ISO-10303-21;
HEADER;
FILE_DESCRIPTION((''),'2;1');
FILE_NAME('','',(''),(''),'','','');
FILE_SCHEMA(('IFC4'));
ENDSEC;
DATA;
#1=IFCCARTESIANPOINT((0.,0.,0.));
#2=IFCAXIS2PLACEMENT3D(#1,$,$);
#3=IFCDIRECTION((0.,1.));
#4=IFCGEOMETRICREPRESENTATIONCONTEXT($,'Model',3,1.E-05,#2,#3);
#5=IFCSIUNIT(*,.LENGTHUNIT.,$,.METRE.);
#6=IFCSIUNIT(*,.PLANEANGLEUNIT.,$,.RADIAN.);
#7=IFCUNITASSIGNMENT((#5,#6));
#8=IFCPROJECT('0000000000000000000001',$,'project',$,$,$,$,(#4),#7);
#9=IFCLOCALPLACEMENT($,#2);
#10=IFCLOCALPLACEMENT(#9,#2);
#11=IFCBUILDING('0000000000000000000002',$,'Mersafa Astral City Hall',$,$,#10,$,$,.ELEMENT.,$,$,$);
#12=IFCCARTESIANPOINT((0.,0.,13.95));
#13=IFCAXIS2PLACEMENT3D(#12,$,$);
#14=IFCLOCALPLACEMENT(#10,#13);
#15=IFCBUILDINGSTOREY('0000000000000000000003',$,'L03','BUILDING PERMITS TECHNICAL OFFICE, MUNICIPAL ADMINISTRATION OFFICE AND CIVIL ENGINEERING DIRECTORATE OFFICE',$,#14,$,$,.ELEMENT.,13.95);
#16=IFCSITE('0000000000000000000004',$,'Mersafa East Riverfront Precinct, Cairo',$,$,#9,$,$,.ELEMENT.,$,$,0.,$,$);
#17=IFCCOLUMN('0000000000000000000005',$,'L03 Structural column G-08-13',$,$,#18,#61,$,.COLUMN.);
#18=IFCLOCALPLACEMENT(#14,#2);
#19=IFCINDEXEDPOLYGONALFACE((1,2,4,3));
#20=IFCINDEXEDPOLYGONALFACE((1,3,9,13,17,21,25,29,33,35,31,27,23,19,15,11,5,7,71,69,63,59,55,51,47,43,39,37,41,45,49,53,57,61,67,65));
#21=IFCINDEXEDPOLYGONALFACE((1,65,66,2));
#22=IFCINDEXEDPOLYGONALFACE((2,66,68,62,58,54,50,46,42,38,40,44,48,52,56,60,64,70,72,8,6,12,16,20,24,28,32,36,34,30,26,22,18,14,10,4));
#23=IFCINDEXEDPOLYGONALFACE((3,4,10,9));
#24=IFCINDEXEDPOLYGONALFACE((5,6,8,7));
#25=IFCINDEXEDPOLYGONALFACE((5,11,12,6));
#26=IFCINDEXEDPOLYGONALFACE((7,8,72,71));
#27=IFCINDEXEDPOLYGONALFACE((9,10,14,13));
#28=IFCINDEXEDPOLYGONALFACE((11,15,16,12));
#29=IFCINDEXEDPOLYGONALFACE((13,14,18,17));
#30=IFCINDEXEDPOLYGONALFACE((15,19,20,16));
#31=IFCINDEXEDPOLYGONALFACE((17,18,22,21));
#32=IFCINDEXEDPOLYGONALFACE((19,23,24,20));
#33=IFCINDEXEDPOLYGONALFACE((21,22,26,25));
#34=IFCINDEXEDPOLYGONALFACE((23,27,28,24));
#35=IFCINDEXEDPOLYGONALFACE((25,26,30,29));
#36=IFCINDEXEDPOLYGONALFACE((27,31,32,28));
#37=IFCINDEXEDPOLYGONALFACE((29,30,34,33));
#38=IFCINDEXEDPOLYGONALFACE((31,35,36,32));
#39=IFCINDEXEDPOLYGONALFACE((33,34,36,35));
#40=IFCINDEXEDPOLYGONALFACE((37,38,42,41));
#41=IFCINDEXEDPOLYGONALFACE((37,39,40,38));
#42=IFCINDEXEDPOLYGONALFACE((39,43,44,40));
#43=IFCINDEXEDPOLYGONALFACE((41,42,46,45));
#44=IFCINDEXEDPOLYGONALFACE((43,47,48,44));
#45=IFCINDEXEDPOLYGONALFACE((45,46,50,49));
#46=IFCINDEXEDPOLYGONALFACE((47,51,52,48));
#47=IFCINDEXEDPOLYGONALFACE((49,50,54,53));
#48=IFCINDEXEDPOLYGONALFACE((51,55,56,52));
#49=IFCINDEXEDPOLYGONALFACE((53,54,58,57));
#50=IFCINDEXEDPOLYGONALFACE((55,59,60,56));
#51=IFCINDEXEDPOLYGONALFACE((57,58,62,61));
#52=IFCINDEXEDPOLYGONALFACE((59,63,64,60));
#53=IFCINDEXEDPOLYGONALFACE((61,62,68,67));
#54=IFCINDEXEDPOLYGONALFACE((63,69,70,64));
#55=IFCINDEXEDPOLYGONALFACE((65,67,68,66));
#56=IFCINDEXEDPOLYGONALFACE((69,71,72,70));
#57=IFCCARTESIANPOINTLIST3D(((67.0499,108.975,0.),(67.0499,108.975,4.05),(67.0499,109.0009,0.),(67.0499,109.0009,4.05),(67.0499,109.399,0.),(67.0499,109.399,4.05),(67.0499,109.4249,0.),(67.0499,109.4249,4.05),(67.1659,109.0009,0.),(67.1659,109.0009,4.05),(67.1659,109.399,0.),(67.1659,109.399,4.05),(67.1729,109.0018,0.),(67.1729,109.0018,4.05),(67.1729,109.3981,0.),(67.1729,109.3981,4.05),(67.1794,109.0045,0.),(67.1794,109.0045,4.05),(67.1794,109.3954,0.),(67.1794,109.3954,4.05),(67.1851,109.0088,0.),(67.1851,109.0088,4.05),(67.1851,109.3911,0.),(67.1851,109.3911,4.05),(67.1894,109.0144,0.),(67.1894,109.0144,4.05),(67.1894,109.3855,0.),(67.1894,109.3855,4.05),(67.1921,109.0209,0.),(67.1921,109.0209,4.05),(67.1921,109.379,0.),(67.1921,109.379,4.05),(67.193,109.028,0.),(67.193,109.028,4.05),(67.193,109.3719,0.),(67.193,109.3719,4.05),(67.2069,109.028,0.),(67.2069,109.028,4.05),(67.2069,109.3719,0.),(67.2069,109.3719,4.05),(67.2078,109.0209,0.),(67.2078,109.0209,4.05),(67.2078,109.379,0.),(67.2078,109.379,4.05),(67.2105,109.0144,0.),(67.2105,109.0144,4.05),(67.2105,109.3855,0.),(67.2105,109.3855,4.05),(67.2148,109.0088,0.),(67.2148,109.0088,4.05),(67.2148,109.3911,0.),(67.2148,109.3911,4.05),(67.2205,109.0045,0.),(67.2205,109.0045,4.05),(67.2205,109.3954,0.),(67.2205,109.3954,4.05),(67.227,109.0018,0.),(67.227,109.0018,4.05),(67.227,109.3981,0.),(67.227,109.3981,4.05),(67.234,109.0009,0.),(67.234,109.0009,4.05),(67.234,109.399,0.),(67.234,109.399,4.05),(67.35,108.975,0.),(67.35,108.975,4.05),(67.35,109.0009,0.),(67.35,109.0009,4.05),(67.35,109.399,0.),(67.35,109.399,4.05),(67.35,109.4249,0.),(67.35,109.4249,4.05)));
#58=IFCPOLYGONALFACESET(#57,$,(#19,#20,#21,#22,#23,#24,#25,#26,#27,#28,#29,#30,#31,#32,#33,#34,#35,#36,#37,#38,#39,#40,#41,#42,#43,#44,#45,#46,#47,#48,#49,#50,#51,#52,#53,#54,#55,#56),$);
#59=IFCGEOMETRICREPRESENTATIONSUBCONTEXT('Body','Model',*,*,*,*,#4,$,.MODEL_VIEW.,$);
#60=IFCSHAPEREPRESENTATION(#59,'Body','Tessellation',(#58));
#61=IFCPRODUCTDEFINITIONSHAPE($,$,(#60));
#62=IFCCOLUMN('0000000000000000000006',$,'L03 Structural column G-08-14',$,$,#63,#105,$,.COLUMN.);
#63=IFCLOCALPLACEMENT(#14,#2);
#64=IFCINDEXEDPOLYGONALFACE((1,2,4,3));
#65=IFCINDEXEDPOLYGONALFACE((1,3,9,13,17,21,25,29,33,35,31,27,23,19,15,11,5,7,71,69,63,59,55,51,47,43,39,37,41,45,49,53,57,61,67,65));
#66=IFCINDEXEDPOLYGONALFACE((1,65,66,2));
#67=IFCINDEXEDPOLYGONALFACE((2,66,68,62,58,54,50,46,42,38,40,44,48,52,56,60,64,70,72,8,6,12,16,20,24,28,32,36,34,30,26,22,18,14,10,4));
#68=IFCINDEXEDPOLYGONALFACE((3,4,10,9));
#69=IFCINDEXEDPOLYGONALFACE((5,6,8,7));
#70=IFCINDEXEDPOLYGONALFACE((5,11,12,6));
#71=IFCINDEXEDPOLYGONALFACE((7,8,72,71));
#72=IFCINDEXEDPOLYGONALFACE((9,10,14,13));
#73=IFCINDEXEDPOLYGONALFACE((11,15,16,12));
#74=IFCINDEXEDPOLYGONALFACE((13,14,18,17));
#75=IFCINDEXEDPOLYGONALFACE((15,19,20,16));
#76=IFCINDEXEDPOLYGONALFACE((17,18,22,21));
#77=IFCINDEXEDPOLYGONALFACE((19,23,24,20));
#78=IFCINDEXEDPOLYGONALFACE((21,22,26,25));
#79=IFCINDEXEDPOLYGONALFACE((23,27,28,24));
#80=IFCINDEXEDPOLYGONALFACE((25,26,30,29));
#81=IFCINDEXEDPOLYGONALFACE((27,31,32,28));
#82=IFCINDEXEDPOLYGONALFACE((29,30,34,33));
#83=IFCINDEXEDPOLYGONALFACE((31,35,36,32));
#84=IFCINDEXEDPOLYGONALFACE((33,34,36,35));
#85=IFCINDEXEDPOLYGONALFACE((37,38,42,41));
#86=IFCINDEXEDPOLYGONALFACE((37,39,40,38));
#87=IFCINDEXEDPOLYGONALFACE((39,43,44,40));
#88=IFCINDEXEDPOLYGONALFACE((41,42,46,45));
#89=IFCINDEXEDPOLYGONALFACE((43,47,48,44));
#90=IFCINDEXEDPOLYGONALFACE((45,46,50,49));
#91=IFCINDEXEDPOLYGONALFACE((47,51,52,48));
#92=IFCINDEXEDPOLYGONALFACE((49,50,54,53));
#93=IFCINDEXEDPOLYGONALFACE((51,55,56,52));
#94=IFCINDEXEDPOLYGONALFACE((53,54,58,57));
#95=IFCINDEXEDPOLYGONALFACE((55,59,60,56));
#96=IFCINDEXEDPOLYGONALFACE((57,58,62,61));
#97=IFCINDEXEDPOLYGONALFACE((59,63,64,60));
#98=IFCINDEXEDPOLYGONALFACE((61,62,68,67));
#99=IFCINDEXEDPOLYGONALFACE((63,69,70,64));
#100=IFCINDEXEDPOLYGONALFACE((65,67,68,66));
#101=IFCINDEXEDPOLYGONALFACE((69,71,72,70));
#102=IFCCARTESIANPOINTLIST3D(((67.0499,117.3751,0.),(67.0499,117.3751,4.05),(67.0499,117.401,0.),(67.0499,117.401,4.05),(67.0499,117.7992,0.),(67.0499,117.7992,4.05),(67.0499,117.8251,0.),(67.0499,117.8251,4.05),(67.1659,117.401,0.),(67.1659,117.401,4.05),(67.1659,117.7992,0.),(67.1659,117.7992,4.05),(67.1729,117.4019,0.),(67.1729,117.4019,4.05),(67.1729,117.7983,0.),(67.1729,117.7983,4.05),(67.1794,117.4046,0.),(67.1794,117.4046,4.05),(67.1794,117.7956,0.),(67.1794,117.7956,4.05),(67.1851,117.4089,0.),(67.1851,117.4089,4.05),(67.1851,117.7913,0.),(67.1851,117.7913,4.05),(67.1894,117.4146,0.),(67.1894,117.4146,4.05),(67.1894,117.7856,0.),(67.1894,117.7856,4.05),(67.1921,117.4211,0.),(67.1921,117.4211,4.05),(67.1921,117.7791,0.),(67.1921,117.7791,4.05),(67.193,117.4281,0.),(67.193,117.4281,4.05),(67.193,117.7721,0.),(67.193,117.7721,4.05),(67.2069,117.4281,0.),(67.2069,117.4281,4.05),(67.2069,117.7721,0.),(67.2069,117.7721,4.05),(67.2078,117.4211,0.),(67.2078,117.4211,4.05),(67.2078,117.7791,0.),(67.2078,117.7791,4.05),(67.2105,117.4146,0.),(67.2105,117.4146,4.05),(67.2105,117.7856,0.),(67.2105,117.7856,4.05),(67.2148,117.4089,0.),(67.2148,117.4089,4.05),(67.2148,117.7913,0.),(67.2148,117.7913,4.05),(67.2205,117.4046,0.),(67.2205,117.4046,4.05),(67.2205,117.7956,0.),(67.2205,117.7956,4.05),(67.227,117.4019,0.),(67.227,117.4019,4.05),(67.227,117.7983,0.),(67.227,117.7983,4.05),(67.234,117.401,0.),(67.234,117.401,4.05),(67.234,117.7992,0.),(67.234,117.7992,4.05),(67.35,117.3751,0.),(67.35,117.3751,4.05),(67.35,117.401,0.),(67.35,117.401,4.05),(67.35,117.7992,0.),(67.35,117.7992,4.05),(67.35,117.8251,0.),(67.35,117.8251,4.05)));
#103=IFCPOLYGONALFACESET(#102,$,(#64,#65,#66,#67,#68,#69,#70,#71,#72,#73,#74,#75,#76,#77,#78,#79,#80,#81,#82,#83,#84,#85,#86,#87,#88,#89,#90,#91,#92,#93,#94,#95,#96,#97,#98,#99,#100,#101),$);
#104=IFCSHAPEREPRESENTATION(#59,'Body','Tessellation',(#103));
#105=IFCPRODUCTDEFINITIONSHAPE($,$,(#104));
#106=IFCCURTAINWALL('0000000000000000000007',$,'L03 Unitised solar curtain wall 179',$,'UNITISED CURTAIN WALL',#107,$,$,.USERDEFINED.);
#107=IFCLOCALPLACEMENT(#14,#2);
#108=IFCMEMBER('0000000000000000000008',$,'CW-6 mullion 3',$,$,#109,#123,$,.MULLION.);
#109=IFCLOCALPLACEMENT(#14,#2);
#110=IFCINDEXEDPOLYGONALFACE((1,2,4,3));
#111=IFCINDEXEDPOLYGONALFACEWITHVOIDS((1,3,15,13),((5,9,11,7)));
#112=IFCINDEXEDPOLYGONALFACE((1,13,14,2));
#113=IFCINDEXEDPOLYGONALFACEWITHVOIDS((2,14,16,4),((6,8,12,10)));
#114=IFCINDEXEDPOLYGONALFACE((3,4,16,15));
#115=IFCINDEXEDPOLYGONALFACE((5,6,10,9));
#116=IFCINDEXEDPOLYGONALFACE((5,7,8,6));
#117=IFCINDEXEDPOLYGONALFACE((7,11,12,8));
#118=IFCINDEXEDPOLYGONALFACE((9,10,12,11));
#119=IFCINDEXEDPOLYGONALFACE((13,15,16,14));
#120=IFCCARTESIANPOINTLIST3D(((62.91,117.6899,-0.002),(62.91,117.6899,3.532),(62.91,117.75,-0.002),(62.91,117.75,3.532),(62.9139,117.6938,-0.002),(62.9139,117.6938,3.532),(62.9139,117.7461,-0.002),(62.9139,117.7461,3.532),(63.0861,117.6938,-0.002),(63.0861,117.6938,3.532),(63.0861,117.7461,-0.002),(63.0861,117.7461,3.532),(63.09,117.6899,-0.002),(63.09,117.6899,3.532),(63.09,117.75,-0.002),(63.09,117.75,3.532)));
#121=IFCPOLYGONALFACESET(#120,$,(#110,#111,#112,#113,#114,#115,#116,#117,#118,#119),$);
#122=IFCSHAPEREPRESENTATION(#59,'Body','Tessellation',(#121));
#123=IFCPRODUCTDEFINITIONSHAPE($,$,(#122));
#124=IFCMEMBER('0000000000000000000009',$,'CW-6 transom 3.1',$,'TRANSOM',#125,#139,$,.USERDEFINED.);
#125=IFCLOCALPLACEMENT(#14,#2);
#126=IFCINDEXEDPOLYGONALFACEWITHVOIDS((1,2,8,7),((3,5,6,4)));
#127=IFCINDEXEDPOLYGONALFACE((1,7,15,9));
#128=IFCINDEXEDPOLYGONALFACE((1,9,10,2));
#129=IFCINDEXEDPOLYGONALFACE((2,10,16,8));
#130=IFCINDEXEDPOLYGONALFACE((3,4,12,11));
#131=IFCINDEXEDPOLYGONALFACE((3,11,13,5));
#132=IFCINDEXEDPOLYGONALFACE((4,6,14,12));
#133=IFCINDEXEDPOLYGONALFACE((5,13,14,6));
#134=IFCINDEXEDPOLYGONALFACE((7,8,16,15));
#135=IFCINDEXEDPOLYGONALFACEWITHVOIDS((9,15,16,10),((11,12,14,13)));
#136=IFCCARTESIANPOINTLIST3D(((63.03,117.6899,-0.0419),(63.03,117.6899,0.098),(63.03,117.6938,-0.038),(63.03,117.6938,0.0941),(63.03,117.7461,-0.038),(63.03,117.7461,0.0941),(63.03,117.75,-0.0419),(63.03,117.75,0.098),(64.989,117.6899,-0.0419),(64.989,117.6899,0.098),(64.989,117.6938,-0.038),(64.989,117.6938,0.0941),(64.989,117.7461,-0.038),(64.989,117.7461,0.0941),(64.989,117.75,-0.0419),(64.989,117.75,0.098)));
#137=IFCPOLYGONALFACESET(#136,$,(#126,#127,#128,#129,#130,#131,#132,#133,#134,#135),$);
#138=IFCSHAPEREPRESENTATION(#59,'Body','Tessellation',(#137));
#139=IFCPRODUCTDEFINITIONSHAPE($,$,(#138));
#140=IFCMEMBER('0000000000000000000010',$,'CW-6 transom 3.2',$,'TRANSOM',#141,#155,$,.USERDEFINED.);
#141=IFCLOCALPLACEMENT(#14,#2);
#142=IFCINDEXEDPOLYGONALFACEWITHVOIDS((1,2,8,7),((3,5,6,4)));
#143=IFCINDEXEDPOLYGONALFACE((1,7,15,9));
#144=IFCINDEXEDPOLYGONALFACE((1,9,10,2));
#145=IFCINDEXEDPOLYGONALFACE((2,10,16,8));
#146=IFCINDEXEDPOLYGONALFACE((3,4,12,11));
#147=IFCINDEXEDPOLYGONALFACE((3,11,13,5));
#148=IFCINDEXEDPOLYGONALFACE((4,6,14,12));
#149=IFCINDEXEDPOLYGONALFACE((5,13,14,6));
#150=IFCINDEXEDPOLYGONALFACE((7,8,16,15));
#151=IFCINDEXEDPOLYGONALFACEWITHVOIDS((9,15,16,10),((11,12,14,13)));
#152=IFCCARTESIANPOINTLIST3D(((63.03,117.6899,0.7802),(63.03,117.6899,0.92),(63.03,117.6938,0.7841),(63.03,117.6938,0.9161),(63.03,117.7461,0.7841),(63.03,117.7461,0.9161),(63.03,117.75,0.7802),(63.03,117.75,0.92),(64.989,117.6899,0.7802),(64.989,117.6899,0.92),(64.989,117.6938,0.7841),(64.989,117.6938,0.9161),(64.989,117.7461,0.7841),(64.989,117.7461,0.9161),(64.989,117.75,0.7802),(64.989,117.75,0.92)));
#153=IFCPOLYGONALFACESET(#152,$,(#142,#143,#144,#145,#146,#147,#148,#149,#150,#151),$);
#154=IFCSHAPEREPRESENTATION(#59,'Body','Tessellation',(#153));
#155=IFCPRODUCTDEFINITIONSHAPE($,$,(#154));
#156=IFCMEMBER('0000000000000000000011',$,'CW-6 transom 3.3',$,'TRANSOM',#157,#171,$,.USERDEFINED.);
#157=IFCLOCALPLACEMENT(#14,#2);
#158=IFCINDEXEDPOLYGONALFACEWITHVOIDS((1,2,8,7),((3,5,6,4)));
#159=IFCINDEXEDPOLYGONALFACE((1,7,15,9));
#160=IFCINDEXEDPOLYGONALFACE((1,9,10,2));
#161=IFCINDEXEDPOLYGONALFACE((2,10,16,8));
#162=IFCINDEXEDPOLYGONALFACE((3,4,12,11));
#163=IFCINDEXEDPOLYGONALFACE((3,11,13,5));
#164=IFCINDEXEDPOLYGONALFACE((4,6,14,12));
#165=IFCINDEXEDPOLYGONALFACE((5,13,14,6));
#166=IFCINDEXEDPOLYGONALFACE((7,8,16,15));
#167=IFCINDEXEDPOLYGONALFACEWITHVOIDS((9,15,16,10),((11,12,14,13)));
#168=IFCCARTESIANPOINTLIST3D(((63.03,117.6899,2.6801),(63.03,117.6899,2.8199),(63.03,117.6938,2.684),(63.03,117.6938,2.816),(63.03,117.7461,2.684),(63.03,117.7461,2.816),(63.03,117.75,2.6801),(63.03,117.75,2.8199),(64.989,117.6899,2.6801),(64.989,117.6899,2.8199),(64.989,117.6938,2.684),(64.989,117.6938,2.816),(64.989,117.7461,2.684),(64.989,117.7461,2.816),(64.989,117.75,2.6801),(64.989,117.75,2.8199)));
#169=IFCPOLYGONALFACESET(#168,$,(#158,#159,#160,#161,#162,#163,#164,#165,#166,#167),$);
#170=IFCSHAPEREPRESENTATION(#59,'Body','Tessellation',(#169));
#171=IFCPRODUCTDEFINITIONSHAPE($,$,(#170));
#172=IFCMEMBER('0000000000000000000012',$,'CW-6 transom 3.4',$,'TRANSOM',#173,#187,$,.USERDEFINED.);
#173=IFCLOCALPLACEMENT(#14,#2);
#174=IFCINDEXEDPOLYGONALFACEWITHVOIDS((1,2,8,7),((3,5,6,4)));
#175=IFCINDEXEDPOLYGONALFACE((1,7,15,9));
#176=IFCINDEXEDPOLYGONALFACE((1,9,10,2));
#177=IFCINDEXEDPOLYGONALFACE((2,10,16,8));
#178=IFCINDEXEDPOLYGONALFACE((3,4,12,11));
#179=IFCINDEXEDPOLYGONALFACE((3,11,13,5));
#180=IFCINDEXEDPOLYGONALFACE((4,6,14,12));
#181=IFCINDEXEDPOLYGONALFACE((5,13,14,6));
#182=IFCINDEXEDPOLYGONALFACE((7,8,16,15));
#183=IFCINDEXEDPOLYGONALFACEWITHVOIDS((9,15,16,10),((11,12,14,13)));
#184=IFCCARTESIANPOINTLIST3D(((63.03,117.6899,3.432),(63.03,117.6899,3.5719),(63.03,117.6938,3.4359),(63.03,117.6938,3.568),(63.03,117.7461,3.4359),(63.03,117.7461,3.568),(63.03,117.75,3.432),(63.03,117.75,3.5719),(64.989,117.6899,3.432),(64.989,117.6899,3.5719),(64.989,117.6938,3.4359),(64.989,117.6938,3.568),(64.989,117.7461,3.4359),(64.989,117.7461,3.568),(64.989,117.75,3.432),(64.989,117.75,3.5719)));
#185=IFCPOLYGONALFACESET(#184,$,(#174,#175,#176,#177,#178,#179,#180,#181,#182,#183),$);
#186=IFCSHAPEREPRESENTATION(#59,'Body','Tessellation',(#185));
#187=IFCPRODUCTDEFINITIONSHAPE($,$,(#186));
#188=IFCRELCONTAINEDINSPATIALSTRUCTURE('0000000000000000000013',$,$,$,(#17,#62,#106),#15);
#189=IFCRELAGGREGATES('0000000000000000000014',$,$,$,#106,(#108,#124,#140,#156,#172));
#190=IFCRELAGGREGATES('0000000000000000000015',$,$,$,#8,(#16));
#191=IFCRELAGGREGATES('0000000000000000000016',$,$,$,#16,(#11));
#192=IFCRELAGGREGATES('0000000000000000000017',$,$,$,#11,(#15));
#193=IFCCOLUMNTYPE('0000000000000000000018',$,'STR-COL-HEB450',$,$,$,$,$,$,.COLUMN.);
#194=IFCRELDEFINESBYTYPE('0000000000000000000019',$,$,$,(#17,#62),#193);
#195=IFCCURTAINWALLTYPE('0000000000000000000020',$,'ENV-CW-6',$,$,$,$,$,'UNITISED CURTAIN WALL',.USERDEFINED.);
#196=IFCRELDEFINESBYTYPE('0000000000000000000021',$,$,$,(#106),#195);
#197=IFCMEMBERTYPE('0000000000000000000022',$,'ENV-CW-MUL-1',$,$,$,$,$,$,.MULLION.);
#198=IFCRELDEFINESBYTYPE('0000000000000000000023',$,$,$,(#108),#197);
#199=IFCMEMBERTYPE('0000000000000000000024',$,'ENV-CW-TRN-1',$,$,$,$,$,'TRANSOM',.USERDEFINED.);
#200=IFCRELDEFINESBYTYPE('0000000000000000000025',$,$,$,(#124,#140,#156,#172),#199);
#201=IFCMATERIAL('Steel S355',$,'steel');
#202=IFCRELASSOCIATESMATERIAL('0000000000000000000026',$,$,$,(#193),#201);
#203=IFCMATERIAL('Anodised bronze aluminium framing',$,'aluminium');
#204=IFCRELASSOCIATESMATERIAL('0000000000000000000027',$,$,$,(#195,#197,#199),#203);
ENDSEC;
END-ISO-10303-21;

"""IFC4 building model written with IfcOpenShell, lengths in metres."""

from ifc_helpers import new_model, si_unit, direction, frame, origin, origin_2d, place, context, subcontext, project, spatial, hollow_rectangle, i_section, extrude, material, material_profile, profile_set, type_object, element, aggregate, save


model = new_model("IFC4")

# Units and contexts
model_context = context("Model", 3, precision=1e-05, world=origin(), true_north=direction((0.0, 1.0)))
body_context = subcontext(model_context, "Body", "Model", "MODEL_VIEW")
ifc_project = project(units=[si_unit("LENGTHUNIT", "METRE"), si_unit("PLANEANGLEUNIT", "RADIAN")], contexts=[model_context])

# Site, building, storey
site_placement = place(None, origin())
site = spatial("IfcSite", under=ifc_project, at=site_placement, Name="Mersafa East Riverfront Precinct, Cairo", CompositionType="ELEMENT", RefElevation=0.0)
building_placement = place(site_placement, origin())
building = spatial("IfcBuilding", under=site, at=building_placement, Name="Mersafa Astral City Hall", CompositionType="ELEMENT")
storey_placement = place(building_placement, frame((0.0, 0.0, 13.95)))
storey = spatial("IfcBuildingStorey", under=building, at=storey_placement, Name="L03", Description="BUILDING PERMITS TECHNICAL OFFICE, MUNICIPAL ADMINISTRATION OFFICE AND CIVIL ENGINEERING DIRECTORATE OFFICE", CompositionType="ELEMENT", Elevation=13.95)

# Columns
ifc_material_1 = material(Name="Steel S355", Category="steel")
ifc_material_profile_1 = material_profile(ifc_material_1, i_section(OverallWidth=0.3, OverallDepth=0.45, WebThickness=0.0139, FlangeThickness=0.0259, FilletRadius=0.0271, at=origin_2d()), Name="HEB 450")
ifc_profile_set_1 = profile_set([ifc_material_profile_1], Name="Steel S355")
column_type = type_object("IfcColumnType", Name="STR-COL-HEB450", PredefinedType="COLUMN", material=ifc_profile_set_1)
for number, where, z_axis, x_axis, name in (
    (1, (67.2, 109.2, 0.0), (0.0, 0.0, 1.0), (1.0, 0.0, 0.0), "L03 Structural column G-08-13"),
    (2, (67.2, 117.6001, 0.0), (0.0, 0.0, 1.0), (1.0, 0.0, 0.0), "L03 Structural column G-08-14"),
):
    element("IfcColumn", number, at=place(storey_placement, frame(where, z_axis=z_axis, x_axis=x_axis)), inside=storey, type_object=column_type, Name=name, PredefinedType="COLUMN", context=body_context, shape_type="SweptSolid", body=[
        extrude(i_section(OverallWidth=0.3, OverallDepth=0.45, WebThickness=0.0139, FlangeThickness=0.0259, FilletRadius=0.0271, at=origin_2d()), origin(), (0.0, 0.0, 1.0), 4.05),
    ])

# Curtain wall, members
ifc_material_2 = material(Name="Anodised bronze aluminium framing", Category="aluminium")
curtain_wall_type = type_object("IfcCurtainWallType", Name="ENV-CW-6", ElementType="UNITISED CURTAIN WALL", PredefinedType="USERDEFINED", material=ifc_material_2)
curtain_wall_placement = place(storey_placement, origin())
curtain_wall = element("IfcCurtainWall", 3, at=curtain_wall_placement, inside=storey, type_object=curtain_wall_type, Name="L03 Unitised solar curtain wall 179", ObjectType="UNITISED CURTAIN WALL", PredefinedType="USERDEFINED")
ifc_material_profile_2 = material_profile(ifc_material_2, hollow_rectangle(XDim=0.0601, YDim=0.1799, WallThickness=0.0039, at=origin_2d()), Name="RHS 60x180x4")
ifc_profile_set_2 = profile_set([ifc_material_profile_2], Name="Anodised bronze aluminium framing")
member_type_1 = type_object("IfcMemberType", Name="ENV-CW-MUL-1", PredefinedType="MULLION", material=ifc_profile_set_2)
member_1_placement = place(storey_placement, frame((63.0, 117.72, -0.002), z_axis=(0.0, 0.0, 1.0), x_axis=(0.0, 1.0, 0.0)))
member_1 = element("IfcMember", 4, at=member_1_placement, type_object=member_type_1, Name="CW-6 mullion 3", PredefinedType="MULLION", context=body_context, shape_type="SweptSolid", body=[
    extrude(hollow_rectangle(XDim=0.0601, YDim=0.1799, WallThickness=0.0039, at=origin_2d()), origin(), (0.0, 0.0, 1.0), 3.5339),
])
ifc_material_profile_3 = material_profile(ifc_material_2, hollow_rectangle(XDim=0.0601, YDim=0.1399, WallThickness=0.0039, at=origin_2d()), Name="RHS 60x140x4")
ifc_profile_set_3 = profile_set([ifc_material_profile_3], Name="Anodised bronze aluminium framing")
member_type_2 = type_object("IfcMemberType", Name="ENV-CW-TRN-1", ElementType="TRANSOM", PredefinedType="USERDEFINED", material=ifc_profile_set_3)
member_2_placement = place(storey_placement, frame((63.03, 117.72, 0.0281), z_axis=(1.0, 0.0, 0.0), x_axis=(0.0, 1.0, 0.0)))
member_2 = element("IfcMember", 5, at=member_2_placement, type_object=member_type_2, Name="CW-6 transom 3.1", ObjectType="TRANSOM", PredefinedType="USERDEFINED", context=body_context, shape_type="SweptSolid", body=[
    extrude(hollow_rectangle(XDim=0.0601, YDim=0.1399, WallThickness=0.0039, at=origin_2d()), origin(), (0.0, 0.0, 1.0), 1.959),
])
member_3_placement = place(storey_placement, frame((63.03, 117.72, 0.8501), z_axis=(1.0, 0.0, 0.0), x_axis=(0.0, 1.0, 0.0)))
member_3 = element("IfcMember", 6, at=member_3_placement, type_object=member_type_2, Name="CW-6 transom 3.2", ObjectType="TRANSOM", PredefinedType="USERDEFINED", context=body_context, shape_type="SweptSolid", body=[
    extrude(hollow_rectangle(XDim=0.0601, YDim=0.1399, WallThickness=0.0039, at=origin_2d()), origin(), (0.0, 0.0, 1.0), 1.959),
])
member_4_placement = place(storey_placement, frame((63.03, 117.72, 2.75), z_axis=(1.0, 0.0, 0.0), x_axis=(0.0, 1.0, 0.0)))
member_4 = element("IfcMember", 7, at=member_4_placement, type_object=member_type_2, Name="CW-6 transom 3.3", ObjectType="TRANSOM", PredefinedType="USERDEFINED", context=body_context, shape_type="SweptSolid", body=[
    extrude(hollow_rectangle(XDim=0.0601, YDim=0.1399, WallThickness=0.0039, at=origin_2d()), origin(), (0.0, 0.0, 1.0), 1.959),
])
member_5_placement = place(storey_placement, frame((63.03, 117.72, 3.502), z_axis=(1.0, 0.0, 0.0), x_axis=(0.0, 1.0, 0.0)))
member_5 = element("IfcMember", 8, at=member_5_placement, type_object=member_type_2, Name="CW-6 transom 3.4", ObjectType="TRANSOM", PredefinedType="USERDEFINED", context=body_context, shape_type="SweptSolid", body=[
    extrude(hollow_rectangle(XDim=0.0601, YDim=0.1399, WallThickness=0.0039, at=origin_2d()), origin(), (0.0, 0.0, 1.0), 1.959),
])

aggregate(curtain_wall, [member_1, member_2, member_3, member_4, member_5])

save(model, "model.ifc")
